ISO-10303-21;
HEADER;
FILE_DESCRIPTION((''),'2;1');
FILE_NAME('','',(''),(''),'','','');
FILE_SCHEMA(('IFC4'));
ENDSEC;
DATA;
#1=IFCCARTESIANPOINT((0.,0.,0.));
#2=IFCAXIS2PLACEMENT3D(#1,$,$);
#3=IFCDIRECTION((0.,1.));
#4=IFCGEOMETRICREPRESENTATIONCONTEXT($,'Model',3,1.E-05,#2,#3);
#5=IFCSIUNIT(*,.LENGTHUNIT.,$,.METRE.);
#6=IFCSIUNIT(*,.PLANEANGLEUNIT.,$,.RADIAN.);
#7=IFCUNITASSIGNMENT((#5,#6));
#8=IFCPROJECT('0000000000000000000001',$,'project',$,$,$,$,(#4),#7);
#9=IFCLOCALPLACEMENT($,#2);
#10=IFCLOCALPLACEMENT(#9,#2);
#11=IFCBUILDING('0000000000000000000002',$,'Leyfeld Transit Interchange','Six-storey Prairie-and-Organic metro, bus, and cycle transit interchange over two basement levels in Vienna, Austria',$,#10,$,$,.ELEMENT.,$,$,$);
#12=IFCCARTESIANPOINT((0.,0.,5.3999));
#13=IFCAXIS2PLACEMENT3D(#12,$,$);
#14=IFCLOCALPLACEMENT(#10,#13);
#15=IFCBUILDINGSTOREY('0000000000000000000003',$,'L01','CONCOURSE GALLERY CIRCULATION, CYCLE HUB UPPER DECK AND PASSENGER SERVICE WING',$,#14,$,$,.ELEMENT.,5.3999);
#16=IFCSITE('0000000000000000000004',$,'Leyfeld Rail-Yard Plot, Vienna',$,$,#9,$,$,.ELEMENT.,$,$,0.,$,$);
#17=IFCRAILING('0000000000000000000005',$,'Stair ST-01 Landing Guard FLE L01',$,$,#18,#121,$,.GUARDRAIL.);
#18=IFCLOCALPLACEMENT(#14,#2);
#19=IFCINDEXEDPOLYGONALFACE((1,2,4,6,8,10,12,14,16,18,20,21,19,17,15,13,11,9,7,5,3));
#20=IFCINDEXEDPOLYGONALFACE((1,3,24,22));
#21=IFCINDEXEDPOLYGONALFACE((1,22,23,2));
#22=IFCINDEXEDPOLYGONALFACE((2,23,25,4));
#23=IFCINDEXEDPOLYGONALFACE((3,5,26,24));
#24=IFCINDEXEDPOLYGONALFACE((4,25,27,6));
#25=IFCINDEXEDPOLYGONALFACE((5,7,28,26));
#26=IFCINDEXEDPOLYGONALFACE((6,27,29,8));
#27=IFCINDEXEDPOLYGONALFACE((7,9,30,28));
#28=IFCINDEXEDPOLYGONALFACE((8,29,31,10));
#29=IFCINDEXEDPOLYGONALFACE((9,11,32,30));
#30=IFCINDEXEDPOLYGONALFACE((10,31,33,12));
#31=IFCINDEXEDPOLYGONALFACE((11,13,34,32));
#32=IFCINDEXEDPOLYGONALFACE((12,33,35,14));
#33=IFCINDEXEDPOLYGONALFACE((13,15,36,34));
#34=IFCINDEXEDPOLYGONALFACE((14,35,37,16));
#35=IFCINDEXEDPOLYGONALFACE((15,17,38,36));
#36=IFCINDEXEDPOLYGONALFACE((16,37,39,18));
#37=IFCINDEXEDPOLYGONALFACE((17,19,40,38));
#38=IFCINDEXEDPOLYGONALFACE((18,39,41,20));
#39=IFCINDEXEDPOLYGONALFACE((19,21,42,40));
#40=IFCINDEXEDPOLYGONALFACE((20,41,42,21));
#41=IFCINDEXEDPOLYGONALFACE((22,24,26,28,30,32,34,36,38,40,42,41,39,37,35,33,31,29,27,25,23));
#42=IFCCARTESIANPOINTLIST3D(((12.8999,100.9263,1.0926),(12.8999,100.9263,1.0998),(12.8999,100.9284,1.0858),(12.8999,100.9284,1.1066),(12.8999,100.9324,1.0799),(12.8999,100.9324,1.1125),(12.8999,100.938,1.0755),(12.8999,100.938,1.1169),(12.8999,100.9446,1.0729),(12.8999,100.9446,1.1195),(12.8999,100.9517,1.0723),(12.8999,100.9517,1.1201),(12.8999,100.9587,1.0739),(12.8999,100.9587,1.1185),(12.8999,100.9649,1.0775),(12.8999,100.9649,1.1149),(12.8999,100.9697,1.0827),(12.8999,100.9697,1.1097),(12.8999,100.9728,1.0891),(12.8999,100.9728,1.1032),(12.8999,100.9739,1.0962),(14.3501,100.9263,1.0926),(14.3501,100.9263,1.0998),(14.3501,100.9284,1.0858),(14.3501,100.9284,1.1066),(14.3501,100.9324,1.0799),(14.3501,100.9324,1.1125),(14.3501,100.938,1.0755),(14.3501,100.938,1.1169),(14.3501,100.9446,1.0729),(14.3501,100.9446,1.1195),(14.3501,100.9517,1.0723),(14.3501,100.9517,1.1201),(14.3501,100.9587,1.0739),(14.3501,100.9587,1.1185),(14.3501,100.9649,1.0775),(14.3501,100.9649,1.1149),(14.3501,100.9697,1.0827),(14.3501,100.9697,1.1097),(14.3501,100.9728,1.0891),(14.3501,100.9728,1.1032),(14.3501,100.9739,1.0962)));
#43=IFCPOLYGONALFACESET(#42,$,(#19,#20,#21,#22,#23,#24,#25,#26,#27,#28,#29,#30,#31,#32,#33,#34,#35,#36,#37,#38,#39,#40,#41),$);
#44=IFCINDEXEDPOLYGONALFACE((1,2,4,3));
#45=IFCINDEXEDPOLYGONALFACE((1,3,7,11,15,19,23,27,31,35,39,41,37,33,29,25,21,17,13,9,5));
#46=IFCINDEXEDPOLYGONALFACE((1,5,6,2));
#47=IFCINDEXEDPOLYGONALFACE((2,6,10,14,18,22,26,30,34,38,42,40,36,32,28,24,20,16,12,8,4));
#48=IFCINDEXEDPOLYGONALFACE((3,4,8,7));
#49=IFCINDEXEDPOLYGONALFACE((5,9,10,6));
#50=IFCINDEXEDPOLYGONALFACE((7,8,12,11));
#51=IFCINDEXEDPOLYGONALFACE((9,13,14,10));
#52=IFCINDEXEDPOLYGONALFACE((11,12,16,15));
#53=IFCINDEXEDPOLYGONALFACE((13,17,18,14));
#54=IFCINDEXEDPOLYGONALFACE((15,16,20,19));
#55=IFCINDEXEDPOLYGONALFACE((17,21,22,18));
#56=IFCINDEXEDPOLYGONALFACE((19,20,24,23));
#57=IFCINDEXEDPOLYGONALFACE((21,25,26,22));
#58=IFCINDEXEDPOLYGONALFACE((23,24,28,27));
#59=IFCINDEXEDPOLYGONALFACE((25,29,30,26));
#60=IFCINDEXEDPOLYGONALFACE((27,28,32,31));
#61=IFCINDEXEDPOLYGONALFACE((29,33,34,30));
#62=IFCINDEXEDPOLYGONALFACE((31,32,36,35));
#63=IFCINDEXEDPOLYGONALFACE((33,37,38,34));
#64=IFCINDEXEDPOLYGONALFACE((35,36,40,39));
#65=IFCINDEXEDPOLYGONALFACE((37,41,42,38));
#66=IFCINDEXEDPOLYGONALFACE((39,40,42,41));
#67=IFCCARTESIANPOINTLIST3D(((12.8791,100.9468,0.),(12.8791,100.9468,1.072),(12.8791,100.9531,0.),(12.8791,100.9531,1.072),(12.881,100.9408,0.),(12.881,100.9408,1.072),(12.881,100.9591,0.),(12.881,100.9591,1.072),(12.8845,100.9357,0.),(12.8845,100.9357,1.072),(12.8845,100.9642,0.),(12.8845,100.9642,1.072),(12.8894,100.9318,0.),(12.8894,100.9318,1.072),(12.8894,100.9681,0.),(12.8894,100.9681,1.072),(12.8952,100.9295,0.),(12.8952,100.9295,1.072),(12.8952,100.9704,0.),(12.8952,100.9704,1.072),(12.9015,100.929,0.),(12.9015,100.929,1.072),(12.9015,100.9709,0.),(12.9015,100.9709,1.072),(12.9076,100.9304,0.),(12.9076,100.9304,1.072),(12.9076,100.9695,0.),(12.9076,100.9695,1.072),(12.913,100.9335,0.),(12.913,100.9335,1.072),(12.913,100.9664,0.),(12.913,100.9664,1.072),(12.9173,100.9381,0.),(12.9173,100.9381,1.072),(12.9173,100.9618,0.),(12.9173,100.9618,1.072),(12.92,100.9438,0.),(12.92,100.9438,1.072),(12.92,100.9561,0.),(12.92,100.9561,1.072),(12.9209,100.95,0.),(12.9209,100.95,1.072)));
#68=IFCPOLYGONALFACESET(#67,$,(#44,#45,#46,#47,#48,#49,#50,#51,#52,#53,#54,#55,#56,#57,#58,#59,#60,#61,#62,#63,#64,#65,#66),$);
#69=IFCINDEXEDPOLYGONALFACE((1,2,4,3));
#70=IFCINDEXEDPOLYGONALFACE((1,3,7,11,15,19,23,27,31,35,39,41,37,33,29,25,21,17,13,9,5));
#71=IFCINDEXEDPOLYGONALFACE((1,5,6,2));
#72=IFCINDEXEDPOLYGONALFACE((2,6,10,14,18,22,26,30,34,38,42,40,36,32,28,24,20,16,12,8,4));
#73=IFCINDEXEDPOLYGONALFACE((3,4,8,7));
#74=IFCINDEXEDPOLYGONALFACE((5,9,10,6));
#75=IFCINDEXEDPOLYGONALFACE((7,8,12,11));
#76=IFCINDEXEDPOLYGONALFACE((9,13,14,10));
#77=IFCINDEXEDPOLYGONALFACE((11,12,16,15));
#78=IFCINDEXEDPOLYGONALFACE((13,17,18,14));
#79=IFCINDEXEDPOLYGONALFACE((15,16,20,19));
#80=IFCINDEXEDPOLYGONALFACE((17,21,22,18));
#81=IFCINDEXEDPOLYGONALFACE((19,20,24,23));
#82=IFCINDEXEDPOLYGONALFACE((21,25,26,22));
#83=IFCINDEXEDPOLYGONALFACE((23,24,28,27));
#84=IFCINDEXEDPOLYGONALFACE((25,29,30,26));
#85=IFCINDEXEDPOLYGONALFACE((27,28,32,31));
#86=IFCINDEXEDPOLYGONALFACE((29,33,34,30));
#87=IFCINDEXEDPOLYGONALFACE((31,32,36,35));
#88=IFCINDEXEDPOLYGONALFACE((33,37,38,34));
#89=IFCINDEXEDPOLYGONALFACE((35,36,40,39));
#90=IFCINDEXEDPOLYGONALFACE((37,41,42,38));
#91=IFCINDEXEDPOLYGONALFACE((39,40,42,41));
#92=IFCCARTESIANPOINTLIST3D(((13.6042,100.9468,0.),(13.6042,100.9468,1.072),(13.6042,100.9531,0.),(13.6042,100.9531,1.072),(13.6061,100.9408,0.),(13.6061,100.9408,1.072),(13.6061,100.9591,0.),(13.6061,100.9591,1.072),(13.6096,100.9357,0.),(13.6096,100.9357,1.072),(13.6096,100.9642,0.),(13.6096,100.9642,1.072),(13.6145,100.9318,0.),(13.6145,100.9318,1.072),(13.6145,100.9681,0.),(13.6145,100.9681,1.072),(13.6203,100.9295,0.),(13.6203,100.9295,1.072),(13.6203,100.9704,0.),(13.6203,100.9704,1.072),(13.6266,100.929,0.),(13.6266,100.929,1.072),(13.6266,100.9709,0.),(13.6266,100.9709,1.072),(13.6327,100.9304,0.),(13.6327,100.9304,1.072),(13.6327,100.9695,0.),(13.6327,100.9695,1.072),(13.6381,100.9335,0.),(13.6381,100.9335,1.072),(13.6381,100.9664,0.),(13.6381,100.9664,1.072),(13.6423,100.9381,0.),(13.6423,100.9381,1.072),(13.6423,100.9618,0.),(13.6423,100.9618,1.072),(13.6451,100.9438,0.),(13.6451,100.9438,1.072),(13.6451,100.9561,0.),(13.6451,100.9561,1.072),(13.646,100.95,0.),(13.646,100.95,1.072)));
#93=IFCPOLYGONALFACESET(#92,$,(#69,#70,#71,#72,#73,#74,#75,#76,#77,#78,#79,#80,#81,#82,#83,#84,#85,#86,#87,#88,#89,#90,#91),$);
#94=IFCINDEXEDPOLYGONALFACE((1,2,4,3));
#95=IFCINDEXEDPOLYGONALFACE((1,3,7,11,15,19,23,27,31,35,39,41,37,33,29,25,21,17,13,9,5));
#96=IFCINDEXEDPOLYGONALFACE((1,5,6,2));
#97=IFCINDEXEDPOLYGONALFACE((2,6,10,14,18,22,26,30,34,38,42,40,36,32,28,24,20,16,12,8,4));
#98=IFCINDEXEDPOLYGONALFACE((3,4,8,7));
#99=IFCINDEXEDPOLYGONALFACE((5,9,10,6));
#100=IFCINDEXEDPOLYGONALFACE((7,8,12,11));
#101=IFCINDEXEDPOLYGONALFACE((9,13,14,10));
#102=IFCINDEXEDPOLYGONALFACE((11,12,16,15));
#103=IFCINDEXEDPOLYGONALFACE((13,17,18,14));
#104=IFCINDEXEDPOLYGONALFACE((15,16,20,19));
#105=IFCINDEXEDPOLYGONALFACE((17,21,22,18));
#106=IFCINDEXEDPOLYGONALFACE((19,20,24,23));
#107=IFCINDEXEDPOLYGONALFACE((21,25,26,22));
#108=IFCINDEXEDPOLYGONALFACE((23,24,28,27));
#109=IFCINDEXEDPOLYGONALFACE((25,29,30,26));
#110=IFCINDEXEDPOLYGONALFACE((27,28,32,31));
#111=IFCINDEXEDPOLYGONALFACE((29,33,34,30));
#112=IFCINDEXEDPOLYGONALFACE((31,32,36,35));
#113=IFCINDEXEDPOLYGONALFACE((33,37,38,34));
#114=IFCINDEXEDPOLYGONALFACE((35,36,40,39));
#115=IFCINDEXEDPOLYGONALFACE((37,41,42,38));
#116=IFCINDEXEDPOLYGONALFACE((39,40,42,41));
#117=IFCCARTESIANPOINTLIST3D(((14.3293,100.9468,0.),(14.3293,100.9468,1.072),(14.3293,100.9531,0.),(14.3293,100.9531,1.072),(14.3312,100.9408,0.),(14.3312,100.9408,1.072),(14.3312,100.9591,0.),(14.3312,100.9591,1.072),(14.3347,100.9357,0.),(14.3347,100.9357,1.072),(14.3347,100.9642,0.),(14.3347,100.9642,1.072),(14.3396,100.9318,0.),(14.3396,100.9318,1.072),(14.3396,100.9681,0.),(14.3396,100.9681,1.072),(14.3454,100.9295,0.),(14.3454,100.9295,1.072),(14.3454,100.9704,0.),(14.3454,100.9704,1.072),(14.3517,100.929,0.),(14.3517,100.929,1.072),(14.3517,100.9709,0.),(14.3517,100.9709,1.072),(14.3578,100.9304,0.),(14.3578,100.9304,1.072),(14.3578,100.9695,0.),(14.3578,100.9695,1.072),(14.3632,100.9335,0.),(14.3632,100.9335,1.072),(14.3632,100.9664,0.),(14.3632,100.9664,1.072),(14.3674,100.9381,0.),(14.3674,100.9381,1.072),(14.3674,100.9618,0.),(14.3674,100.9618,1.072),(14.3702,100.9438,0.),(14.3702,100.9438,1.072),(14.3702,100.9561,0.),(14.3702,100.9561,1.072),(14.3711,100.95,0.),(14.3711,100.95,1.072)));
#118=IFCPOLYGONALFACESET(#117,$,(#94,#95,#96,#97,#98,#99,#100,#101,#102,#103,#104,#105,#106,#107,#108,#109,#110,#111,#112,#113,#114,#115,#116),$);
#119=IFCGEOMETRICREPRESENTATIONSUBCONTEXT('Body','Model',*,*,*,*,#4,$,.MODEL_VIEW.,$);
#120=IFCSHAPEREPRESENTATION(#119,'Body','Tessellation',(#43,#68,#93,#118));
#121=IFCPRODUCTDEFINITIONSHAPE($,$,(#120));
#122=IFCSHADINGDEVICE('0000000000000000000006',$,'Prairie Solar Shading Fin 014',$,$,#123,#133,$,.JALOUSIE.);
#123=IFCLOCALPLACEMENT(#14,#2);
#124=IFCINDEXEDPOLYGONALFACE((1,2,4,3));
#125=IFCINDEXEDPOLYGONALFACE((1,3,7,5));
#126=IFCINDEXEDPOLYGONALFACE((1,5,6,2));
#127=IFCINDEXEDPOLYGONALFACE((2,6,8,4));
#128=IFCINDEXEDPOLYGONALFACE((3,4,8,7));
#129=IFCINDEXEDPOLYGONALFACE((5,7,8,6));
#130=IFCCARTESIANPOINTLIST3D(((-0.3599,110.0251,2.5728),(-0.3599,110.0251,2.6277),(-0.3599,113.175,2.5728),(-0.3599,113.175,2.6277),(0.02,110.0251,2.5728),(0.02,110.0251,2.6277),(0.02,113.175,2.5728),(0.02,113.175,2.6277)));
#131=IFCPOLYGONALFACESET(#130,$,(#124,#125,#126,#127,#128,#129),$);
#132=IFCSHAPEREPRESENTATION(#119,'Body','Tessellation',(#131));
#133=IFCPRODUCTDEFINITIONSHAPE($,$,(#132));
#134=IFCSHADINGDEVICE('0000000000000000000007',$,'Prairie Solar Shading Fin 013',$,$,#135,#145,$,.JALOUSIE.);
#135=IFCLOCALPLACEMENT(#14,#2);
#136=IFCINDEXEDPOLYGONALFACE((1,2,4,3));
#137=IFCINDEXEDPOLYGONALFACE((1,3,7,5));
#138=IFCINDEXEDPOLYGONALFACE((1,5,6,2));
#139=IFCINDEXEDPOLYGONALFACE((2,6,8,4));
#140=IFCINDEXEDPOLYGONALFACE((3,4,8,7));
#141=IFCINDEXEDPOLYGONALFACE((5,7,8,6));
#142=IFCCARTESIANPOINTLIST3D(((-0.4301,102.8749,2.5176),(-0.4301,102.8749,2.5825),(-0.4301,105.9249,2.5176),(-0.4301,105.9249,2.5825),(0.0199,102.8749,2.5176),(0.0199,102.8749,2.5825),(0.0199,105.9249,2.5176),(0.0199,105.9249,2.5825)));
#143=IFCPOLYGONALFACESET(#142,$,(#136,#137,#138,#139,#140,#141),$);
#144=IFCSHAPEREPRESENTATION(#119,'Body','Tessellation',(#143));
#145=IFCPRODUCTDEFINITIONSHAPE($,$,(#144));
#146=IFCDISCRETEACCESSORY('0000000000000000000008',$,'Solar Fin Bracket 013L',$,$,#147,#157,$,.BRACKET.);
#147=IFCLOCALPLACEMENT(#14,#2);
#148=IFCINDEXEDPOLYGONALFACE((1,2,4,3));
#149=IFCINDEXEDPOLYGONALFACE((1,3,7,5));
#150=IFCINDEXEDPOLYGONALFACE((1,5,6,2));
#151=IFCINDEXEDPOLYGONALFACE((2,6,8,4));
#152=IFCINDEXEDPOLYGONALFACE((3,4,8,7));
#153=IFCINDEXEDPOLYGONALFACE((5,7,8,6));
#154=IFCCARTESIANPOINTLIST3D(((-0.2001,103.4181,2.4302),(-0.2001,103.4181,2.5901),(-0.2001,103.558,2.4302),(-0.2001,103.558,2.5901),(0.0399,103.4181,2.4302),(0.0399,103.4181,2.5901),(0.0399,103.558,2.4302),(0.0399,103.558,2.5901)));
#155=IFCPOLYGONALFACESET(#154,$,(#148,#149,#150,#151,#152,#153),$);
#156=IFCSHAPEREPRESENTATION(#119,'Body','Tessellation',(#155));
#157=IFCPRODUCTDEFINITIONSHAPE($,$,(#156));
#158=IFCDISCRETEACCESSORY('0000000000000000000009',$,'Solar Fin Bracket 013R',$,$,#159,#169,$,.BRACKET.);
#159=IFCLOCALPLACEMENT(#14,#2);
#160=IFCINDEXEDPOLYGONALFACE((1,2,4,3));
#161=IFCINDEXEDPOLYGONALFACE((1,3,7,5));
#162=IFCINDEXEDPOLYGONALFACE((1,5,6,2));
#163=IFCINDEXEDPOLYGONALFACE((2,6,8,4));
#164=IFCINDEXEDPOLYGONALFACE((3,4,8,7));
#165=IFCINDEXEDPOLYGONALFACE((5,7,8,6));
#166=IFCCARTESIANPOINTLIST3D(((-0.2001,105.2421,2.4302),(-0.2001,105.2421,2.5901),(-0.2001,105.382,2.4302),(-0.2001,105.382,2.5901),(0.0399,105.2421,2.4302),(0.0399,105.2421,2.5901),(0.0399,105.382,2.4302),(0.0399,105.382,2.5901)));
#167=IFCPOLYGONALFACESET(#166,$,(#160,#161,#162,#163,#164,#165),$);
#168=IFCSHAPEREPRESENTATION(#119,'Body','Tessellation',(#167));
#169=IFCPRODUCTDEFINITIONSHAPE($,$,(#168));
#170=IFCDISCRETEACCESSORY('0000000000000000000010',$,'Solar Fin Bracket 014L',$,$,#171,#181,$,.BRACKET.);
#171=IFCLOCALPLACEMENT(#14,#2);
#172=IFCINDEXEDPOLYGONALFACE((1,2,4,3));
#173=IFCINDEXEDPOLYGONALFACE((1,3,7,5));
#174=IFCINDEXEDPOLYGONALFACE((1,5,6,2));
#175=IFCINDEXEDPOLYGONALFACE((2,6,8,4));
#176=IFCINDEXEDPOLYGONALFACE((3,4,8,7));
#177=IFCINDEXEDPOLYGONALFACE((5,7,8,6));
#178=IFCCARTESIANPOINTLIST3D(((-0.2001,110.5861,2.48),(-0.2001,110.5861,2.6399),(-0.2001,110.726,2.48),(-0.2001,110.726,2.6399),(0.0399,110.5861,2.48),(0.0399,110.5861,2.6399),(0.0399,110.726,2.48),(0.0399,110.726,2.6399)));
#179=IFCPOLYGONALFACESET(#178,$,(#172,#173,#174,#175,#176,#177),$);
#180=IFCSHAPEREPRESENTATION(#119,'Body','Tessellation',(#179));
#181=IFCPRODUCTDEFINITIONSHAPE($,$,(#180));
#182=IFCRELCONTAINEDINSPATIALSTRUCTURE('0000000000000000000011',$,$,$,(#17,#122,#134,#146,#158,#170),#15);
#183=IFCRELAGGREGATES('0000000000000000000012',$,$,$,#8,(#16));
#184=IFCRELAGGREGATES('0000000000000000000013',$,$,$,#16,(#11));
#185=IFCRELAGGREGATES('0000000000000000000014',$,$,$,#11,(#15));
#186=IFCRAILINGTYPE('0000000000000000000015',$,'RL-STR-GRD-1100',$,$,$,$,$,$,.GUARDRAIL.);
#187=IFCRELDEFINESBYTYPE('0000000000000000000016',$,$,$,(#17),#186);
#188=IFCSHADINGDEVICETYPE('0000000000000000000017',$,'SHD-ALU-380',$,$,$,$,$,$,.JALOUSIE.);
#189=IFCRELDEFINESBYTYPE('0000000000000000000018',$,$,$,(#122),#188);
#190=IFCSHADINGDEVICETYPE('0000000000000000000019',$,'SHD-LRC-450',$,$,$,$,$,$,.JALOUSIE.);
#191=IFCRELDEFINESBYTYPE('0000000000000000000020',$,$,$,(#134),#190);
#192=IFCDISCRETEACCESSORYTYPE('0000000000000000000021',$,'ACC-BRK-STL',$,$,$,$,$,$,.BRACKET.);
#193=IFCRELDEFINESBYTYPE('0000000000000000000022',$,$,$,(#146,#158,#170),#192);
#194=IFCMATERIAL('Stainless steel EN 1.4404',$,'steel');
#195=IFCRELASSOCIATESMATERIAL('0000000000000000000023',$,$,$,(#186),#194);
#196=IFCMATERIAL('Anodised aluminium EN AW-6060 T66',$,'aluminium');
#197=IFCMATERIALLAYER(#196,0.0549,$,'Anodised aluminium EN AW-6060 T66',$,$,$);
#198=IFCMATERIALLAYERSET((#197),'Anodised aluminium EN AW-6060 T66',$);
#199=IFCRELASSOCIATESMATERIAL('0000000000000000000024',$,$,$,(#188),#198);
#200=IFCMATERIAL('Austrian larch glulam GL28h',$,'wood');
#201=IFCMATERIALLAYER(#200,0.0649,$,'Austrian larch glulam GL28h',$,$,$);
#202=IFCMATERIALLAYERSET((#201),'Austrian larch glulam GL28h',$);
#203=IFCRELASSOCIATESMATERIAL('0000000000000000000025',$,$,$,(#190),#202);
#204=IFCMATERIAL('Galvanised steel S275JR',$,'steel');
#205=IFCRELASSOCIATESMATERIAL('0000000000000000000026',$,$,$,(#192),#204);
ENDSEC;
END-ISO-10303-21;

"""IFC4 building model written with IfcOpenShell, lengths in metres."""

from ifc_helpers import new_model, si_unit, direction, frame, origin, origin_2d, place, context, subcontext, project, spatial, rectangle, circle, extrude, material, layer, layer_set, type_object, element, save


model = new_model("IFC4")

# Units and contexts
model_context = context("Model", 3, precision=1e-05, world=origin(), true_north=direction((0.0, 1.0)))
body_context = subcontext(model_context, "Body", "Model", "MODEL_VIEW")
ifc_project = project(units=[si_unit("LENGTHUNIT", "METRE"), si_unit("PLANEANGLEUNIT", "RADIAN")], contexts=[model_context])

# Site, building, storey
site_placement = place(None, origin())
site = spatial("IfcSite", under=ifc_project, at=site_placement, Name="Leyfeld Rail-Yard Plot, Vienna", CompositionType="ELEMENT", RefElevation=0.0)
building_placement = place(site_placement, origin())
building = spatial("IfcBuilding", under=site, at=building_placement, Name="Leyfeld Transit Interchange", Description="Six-storey Prairie-and-Organic metro, bus, and cycle transit interchange over two basement levels in Vienna, Austria", CompositionType="ELEMENT")
storey_placement = place(building_placement, frame((0.0, 0.0, 5.3999)))
storey = spatial("IfcBuildingStorey", under=building, at=storey_placement, Name="L01", Description="CONCOURSE GALLERY CIRCULATION, CYCLE HUB UPPER DECK AND PASSENGER SERVICE WING", CompositionType="ELEMENT", Elevation=5.3999)

# Shared definitions
ifc_material_1 = material(Name="Austrian larch glulam GL28h", Category="wood")

# Shared definitions
ifc_material_2 = material(Name="Galvanised steel S275JR", Category="steel")

# Railing
ifc_material_3 = material(Name="Stainless steel EN 1.4404", Category="steel")
railing_type = type_object("IfcRailingType", Name="RL-STR-GRD-1100", PredefinedType="GUARDRAIL", material=ifc_material_3)
railing_1_placement = place(storey_placement, frame((12.8999, 100.95, 0.0)))
element("IfcRailing", 1, at=railing_1_placement, inside=storey, type_object=railing_type, Name="Stair ST-01 Landing Guard FLE L01", PredefinedType="GUARDRAIL", context=body_context, shape_type="SweptSolid", body=[
    extrude(circle(Radius=0.0239, at=origin_2d()), frame((0.0, 0.0, 1.0962), z_axis=(1.0, 0.0, 0.0), x_axis=(0.0, 1.0, 0.0)), (0.0, 0.0, 1.0), 1.4502),
    extrude(circle(Radius=0.021, at=origin_2d()), origin(), (0.0, 0.0, 1.0), 1.072),
    extrude(circle(Radius=0.021, at=origin_2d()), frame((0.7251, 0.0, 0.0)), (0.0, 0.0, 1.0), 1.072),
    extrude(circle(Radius=0.021, at=origin_2d()), frame((1.4502, 0.0, 0.0)), (0.0, 0.0, 1.0), 1.072),
])

# Shading devices
ifc_material_4 = material(Name="Anodised aluminium EN AW-6060 T66", Category="aluminium")
ifc_layer_1 = layer(ifc_material_4, 0.0549, Name="Anodised aluminium EN AW-6060 T66")
ifc_layer_set_1 = layer_set([ifc_layer_1], Name="Anodised aluminium EN AW-6060 T66")
shading_device_type_1 = type_object("IfcShadingDeviceType", Name="SHD-ALU-380", PredefinedType="JALOUSIE", material=ifc_layer_set_1)
shading_device_1_placement = place(storey_placement, frame((-0.1699, 111.6001, 2.5728), z_axis=(0.0, 0.0, 1.0), x_axis=(0.0, 1.0, 0.0)))
element("IfcShadingDevice", 2, at=shading_device_1_placement, inside=storey, type_object=shading_device_type_1, Name="Prairie Solar Shading Fin 014", PredefinedType="JALOUSIE", context=body_context, shape_type="SweptSolid", body=[
    extrude(rectangle(XDim=3.1499, YDim=0.3799, at=origin_2d()), origin(), (0.0, 0.0, 1.0), 0.0549),
])
ifc_layer_2 = layer(ifc_material_1, 0.0649, Name="Austrian larch glulam GL28h")
ifc_layer_set_2 = layer_set([ifc_layer_2], Name="Austrian larch glulam GL28h")
shading_device_type_2 = type_object("IfcShadingDeviceType", Name="SHD-LRC-450", PredefinedType="JALOUSIE", material=ifc_layer_set_2)
shading_device_2_placement = place(storey_placement, frame((-0.2051, 104.3999, 2.5176), z_axis=(0.0, 0.0, 1.0), x_axis=(0.0, 1.0, 0.0)))
element("IfcShadingDevice", 3, at=shading_device_2_placement, inside=storey, type_object=shading_device_type_2, Name="Prairie Solar Shading Fin 013", PredefinedType="JALOUSIE", context=body_context, shape_type="SweptSolid", body=[
    extrude(rectangle(XDim=3.05, YDim=0.45, at=origin_2d()), origin(), (0.0, 0.0, 1.0), 0.0649),
])

# Discrete accessories
discrete_accessory_type = type_object("IfcDiscreteAccessoryType", Name="ACC-BRK-STL", PredefinedType="BRACKET", material=ifc_material_2)
for number, where, z_axis, x_axis, name in (
    (4, (-0.0801, 103.488, 2.4302), (0.0, 0.0, 1.0), (0.0, 1.0, 0.0), "Solar Fin Bracket 013L"),
    (5, (-0.0801, 105.312, 2.4302), (0.0, 0.0, 1.0), (0.0, 1.0, 0.0), "Solar Fin Bracket 013R"),
    (6, (-0.0801, 110.656, 2.48), (0.0, 0.0, 1.0), (0.0, 1.0, 0.0), "Solar Fin Bracket 014L"),
):
    element("IfcDiscreteAccessory", number, at=place(storey_placement, frame(where, z_axis=z_axis, x_axis=x_axis)), inside=storey, type_object=discrete_accessory_type, Name=name, PredefinedType="BRACKET", context=body_context, shape_type="SweptSolid", body=[
        extrude(rectangle(XDim=0.1399, YDim=0.24, at=origin_2d()), origin(), (0.0, 0.0, 1.0), 0.1599),
    ])

save(model, "model.ifc")
